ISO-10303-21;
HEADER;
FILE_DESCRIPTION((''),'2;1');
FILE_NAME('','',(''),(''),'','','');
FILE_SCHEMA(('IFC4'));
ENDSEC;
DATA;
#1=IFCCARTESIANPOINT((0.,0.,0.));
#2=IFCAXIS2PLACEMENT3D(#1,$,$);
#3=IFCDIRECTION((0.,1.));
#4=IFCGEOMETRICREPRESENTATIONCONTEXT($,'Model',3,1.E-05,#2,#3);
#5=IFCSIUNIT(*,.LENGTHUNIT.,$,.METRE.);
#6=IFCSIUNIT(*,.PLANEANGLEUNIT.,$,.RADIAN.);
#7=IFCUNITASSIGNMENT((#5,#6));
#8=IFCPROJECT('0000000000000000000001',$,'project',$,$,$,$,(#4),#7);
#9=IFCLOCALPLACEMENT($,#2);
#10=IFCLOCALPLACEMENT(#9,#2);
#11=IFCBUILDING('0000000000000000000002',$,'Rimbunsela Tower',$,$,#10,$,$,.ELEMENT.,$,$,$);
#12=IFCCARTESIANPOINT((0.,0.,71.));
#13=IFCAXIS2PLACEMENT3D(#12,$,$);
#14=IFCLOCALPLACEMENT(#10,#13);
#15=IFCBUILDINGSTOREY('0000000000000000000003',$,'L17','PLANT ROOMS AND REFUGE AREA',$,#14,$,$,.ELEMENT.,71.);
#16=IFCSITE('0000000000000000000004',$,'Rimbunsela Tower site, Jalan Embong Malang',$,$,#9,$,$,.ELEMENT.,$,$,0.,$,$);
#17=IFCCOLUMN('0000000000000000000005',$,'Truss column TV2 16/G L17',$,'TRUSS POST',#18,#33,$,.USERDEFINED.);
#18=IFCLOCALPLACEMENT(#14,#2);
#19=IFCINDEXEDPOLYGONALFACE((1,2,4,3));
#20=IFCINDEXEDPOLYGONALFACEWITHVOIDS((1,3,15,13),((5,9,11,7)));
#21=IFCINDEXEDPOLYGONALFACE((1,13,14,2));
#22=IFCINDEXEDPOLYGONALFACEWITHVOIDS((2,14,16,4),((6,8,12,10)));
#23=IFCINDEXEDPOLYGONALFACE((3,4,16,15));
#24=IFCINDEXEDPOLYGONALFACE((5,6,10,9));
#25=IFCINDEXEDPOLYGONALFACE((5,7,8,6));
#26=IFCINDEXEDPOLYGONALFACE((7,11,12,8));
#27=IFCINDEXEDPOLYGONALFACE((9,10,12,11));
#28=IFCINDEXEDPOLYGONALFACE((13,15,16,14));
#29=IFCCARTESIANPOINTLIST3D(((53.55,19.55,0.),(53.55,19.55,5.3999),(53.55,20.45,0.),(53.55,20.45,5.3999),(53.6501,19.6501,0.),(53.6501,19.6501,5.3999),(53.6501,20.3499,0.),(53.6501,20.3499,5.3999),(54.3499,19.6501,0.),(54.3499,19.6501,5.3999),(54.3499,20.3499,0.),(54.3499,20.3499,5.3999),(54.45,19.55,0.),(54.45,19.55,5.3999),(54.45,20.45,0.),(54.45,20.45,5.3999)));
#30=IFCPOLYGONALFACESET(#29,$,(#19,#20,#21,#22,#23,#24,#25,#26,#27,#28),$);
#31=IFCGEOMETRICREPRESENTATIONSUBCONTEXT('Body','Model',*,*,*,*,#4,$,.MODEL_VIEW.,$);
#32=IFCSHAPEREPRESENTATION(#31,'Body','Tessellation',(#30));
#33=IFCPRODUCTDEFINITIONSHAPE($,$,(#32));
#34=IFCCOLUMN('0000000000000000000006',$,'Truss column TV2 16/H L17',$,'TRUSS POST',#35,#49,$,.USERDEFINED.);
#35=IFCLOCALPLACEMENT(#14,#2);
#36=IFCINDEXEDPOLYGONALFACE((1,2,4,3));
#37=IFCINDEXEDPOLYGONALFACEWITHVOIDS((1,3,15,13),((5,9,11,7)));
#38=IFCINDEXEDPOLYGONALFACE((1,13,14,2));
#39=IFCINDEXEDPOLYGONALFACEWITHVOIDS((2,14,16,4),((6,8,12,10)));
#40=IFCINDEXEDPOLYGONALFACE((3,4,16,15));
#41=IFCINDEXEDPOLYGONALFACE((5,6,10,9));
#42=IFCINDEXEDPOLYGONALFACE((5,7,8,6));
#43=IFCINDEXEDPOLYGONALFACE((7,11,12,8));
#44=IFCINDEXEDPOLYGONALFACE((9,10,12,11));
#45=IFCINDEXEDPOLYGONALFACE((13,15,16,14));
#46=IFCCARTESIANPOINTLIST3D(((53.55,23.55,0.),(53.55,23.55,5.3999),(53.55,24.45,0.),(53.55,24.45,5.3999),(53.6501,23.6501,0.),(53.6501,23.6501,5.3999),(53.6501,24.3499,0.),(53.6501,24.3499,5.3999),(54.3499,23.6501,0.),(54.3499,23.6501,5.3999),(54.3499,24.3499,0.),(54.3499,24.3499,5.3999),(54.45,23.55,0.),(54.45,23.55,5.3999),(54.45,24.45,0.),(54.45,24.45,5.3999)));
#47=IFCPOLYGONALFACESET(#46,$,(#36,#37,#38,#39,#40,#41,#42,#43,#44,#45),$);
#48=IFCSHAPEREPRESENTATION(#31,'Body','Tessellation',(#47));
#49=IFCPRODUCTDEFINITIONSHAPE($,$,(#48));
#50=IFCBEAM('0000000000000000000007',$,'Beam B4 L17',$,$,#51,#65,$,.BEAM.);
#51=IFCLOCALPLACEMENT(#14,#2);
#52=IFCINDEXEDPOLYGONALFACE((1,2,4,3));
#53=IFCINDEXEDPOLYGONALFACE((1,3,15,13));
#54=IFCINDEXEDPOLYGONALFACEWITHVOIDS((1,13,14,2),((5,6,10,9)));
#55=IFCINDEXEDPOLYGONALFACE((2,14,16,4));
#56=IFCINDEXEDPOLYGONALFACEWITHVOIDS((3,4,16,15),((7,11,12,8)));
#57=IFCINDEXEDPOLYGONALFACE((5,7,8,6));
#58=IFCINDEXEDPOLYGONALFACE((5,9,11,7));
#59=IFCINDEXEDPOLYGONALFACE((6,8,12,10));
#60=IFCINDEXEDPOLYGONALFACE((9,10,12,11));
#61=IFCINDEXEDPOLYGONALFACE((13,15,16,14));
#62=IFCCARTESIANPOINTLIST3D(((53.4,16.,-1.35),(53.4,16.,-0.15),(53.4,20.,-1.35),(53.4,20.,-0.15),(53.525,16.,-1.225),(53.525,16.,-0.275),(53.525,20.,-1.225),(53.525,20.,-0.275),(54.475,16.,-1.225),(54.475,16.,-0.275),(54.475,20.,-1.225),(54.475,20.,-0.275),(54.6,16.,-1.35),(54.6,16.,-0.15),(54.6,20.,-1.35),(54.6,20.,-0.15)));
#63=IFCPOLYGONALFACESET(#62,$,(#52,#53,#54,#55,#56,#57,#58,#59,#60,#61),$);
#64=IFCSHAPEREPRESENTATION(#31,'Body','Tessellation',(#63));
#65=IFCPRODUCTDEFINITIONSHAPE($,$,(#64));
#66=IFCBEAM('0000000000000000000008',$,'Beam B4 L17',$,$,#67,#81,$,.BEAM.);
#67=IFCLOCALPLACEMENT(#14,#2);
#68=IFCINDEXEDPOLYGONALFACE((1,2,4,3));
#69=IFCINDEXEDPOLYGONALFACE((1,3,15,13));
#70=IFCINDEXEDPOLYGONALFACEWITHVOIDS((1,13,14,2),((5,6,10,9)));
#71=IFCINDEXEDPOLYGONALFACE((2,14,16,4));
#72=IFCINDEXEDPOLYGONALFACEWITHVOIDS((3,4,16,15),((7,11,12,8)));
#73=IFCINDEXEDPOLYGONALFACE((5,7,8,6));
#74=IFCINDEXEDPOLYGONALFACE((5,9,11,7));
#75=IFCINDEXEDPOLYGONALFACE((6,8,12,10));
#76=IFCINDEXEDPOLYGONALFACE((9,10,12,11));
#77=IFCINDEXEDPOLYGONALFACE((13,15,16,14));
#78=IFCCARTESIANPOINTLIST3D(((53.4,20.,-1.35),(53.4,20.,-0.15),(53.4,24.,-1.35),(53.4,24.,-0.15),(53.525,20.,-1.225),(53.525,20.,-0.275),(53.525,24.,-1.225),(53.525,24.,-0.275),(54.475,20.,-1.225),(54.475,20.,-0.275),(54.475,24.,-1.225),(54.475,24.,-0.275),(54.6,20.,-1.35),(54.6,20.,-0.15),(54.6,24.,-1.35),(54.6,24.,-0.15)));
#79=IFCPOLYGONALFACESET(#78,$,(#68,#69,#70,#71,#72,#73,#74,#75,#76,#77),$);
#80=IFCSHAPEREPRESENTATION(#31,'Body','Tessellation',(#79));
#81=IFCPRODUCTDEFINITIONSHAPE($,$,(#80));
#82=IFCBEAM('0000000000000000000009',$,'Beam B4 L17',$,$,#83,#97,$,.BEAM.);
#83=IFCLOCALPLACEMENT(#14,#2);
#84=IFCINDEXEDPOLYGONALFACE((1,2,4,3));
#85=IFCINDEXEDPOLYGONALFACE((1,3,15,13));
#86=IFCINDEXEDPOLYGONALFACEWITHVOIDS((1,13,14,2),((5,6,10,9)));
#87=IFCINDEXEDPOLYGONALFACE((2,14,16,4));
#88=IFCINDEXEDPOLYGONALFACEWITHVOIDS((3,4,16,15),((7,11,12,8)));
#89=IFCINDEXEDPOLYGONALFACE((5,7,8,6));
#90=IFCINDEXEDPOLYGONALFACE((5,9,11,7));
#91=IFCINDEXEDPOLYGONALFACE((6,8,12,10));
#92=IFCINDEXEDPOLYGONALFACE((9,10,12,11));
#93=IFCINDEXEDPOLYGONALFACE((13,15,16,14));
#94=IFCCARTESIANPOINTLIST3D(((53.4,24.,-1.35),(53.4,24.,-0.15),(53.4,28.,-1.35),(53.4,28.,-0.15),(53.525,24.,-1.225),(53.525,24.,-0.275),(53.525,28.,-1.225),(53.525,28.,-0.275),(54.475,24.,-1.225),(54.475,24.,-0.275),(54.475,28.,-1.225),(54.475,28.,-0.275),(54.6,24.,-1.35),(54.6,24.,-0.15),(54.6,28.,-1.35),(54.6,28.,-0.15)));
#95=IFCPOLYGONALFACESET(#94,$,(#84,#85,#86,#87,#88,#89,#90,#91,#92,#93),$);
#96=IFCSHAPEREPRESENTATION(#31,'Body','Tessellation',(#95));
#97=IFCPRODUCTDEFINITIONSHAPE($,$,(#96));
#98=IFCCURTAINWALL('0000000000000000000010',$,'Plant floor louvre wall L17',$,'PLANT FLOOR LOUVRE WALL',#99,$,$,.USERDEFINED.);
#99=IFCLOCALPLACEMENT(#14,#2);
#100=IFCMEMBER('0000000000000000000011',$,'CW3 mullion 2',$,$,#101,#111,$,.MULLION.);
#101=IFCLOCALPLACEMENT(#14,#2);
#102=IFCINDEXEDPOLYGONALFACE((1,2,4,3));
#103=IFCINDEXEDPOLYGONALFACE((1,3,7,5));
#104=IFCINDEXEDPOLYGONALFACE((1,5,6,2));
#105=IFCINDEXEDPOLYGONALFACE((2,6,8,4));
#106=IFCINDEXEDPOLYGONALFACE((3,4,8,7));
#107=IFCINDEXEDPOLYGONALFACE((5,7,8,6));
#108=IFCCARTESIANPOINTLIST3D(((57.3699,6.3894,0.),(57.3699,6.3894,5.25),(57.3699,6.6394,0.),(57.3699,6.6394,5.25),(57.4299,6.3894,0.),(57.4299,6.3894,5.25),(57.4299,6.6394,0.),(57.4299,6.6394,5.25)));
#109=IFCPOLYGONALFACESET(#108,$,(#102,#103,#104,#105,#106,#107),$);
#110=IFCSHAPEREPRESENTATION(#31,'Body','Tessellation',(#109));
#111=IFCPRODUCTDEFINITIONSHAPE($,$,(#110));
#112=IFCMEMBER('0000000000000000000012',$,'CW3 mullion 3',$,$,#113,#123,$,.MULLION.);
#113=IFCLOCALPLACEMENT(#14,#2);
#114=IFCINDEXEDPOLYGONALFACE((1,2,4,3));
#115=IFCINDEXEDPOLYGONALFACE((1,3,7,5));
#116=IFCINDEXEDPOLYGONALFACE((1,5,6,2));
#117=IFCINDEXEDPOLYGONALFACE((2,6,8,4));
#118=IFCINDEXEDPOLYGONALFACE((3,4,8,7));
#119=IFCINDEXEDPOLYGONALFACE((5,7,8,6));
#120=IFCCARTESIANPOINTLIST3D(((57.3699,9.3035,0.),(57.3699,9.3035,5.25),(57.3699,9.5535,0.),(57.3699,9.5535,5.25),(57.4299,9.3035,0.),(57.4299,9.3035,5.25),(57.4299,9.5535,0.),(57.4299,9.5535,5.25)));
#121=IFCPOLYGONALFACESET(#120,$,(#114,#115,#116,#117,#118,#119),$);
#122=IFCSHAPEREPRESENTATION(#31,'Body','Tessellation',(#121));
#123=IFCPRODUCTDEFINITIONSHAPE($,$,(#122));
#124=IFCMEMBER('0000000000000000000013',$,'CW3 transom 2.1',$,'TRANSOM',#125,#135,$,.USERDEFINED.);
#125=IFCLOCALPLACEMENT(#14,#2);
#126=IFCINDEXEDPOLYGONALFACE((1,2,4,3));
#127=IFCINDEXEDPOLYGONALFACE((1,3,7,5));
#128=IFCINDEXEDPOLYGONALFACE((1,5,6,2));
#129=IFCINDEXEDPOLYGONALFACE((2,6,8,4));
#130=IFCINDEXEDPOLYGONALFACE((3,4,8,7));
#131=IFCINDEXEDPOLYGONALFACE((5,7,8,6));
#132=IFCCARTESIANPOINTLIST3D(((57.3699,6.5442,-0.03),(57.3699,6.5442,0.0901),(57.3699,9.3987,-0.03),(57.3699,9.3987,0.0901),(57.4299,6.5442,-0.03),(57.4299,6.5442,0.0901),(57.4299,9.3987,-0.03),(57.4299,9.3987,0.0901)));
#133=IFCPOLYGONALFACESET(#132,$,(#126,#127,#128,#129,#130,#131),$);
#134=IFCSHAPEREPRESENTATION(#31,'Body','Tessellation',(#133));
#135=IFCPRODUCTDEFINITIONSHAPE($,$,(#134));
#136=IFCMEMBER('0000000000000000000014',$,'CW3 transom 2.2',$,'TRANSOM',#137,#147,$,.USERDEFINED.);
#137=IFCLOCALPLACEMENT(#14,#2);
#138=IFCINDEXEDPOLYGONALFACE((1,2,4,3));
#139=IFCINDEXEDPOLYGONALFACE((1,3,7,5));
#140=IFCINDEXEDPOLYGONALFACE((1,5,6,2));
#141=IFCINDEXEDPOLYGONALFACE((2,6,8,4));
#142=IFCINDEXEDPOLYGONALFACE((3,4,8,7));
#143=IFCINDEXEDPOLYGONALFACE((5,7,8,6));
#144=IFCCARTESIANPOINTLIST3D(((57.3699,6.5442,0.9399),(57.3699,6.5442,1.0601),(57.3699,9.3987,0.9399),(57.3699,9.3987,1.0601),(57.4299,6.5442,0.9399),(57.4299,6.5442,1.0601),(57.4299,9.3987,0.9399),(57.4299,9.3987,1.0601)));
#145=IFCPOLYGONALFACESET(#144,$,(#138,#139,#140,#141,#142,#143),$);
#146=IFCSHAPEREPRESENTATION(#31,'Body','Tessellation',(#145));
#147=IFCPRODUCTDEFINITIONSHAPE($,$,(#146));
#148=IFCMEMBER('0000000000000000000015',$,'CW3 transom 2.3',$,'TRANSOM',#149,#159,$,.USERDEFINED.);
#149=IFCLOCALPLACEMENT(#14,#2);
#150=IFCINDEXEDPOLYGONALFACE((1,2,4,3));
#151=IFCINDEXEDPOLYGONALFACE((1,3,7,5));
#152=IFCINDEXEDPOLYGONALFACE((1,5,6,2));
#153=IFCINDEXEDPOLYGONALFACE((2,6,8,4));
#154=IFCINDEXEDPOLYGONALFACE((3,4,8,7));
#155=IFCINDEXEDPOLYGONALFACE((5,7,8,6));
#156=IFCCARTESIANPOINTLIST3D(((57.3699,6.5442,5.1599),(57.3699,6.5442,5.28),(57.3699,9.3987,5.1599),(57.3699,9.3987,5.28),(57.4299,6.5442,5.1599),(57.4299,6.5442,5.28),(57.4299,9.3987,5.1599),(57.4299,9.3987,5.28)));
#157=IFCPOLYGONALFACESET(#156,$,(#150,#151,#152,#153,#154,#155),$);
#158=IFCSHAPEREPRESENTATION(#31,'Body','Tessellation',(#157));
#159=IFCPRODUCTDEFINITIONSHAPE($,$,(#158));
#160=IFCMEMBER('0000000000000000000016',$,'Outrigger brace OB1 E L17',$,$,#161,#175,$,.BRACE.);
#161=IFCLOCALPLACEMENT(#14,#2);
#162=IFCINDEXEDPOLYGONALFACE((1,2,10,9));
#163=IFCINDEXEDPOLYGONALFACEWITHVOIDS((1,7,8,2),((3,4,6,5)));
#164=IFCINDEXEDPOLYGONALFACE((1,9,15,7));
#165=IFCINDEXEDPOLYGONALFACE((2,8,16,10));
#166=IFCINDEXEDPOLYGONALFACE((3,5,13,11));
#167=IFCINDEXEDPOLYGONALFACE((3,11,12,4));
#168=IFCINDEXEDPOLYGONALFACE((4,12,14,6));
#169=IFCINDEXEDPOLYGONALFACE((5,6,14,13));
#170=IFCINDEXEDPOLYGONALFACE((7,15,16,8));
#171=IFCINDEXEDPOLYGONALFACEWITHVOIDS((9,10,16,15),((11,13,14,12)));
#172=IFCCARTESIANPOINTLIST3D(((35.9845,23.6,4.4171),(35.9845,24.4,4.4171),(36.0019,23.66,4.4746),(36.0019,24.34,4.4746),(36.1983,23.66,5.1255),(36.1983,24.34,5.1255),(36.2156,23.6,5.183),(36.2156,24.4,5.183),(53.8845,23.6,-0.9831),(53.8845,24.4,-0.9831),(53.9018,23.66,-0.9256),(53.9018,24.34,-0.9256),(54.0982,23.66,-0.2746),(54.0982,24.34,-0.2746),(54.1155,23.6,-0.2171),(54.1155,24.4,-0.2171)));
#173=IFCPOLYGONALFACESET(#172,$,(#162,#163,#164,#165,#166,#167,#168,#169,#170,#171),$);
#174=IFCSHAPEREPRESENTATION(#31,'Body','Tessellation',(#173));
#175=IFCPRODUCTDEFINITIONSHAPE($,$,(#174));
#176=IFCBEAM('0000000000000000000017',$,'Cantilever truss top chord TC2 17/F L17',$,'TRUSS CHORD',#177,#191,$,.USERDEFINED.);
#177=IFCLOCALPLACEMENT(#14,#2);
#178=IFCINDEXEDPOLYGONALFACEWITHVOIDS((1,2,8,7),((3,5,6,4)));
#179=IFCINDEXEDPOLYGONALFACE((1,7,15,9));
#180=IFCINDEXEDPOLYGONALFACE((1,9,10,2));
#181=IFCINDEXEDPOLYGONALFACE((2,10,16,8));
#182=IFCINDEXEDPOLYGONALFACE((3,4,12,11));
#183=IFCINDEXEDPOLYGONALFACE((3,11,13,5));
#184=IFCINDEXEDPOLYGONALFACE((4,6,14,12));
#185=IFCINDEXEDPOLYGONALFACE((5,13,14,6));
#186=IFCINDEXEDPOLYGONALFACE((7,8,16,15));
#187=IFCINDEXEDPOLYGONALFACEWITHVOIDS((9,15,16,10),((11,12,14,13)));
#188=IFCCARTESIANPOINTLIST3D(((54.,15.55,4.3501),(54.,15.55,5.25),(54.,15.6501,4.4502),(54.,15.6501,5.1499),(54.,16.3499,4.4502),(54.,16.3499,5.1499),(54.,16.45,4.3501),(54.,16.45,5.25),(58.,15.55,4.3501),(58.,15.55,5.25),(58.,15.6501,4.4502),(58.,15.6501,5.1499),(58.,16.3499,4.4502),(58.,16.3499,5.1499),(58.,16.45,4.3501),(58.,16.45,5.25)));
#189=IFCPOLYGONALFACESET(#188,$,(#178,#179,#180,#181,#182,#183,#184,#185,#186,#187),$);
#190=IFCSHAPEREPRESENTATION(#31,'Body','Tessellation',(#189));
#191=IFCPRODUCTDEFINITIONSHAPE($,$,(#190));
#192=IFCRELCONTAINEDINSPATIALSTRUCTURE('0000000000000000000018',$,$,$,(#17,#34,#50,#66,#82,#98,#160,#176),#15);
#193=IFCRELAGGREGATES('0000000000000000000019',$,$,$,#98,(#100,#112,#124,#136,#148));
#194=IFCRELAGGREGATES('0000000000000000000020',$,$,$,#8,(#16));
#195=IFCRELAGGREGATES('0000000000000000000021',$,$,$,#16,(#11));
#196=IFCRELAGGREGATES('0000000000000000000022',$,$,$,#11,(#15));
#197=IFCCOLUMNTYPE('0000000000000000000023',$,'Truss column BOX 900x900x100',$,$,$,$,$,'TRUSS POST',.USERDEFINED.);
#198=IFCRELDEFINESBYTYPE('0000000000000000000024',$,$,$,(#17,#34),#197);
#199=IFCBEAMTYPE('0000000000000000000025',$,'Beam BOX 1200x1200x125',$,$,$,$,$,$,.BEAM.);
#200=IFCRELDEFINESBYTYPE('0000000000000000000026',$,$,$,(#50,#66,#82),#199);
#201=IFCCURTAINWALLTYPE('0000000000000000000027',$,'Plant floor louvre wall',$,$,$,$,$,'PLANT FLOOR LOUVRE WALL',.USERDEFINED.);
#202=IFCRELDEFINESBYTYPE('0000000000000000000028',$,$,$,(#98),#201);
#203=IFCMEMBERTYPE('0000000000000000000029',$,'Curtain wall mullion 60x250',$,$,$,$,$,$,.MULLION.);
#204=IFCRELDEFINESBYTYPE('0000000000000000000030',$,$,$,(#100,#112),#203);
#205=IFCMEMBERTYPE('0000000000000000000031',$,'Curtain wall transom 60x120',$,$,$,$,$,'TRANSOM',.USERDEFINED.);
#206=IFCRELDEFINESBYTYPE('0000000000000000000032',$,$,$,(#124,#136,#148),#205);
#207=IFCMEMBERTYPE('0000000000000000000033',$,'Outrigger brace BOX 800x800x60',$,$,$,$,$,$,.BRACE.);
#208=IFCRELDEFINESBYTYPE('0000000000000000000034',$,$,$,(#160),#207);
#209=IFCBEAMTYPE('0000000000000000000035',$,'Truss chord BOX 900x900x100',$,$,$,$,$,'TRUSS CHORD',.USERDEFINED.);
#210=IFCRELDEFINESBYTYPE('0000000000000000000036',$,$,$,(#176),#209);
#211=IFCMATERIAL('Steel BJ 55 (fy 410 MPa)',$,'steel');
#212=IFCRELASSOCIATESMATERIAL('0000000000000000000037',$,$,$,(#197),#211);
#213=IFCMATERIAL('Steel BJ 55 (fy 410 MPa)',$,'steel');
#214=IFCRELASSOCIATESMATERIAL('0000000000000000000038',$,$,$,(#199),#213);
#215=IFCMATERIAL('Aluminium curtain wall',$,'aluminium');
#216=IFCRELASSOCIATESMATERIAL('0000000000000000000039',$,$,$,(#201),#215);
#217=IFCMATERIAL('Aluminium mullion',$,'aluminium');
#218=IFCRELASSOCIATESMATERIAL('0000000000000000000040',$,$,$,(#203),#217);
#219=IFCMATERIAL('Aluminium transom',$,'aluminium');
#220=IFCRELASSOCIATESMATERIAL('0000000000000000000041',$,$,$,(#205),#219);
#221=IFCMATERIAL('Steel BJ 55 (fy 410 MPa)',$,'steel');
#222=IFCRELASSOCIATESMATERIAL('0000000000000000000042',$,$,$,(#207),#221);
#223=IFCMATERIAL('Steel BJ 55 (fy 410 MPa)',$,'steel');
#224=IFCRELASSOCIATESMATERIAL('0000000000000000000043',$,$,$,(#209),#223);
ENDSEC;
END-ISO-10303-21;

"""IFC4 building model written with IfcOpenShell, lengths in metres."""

from ifc_helpers import new_model, si_unit, direction, frame, origin, origin_2d, place, context, subcontext, project, spatial, rectangle, hollow_rectangle, extrude, material, material_profile, profile_set, type_object, element, aggregate, save


model = new_model("IFC4")

# Units and contexts
model_context = context("Model", 3, precision=1e-05, world=origin(), true_north=direction((0.0, 1.0)))
body_context = subcontext(model_context, "Body", "Model", "MODEL_VIEW")
ifc_project = project(units=[si_unit("LENGTHUNIT", "METRE"), si_unit("PLANEANGLEUNIT", "RADIAN")], contexts=[model_context])

# Site, building, storey
site_placement = place(None, origin())
site = spatial("IfcSite", under=ifc_project, at=site_placement, Name="Rimbunsela Tower site, Jalan Embong Malang", CompositionType="ELEMENT", RefElevation=0.0)
building_placement = place(site_placement, origin())
building = spatial("IfcBuilding", under=site, at=building_placement, Name="Rimbunsela Tower", CompositionType="ELEMENT")
storey_placement = place(building_placement, frame((0.0, 0.0, 71.0)))
storey = spatial("IfcBuildingStorey", under=building, at=storey_placement, Name="L17", Description="PLANT ROOMS AND REFUGE AREA", CompositionType="ELEMENT", Elevation=71.0)

# Columns
ifc_material_1 = material(Name="Steel BJ 55 (fy 410 MPa)", Category="steel")
ifc_material_profile_1 = material_profile(ifc_material_1, hollow_rectangle(XDim=0.8999, YDim=0.8999, WallThickness=0.1001, at=origin_2d()), Name="BOX 900x900x100")
ifc_profile_set_1 = profile_set([ifc_material_profile_1], Name="Steel BJ 55 (fy 410 MPa)")
column_type = type_object("IfcColumnType", Name="Truss column BOX 900x900x100", ElementType="TRUSS POST", PredefinedType="USERDEFINED", material=ifc_profile_set_1)
for number, where, z_axis, x_axis, name in (
    (1, (54.0, 20.0, 0.0), (0.0, 0.0, 1.0), (1.0, 0.0, 0.0), "Truss column TV2 16/G L17"),
    (2, (54.0, 24.0, 0.0), (0.0, 0.0, 1.0), (1.0, 0.0, 0.0), "Truss column TV2 16/H L17"),
):
    element("IfcColumn", number, at=place(storey_placement, frame(where, z_axis=z_axis, x_axis=x_axis)), inside=storey, type_object=column_type, Name=name, ObjectType="TRUSS POST", PredefinedType="USERDEFINED", context=body_context, shape_type="SweptSolid", body=[
        extrude(hollow_rectangle(XDim=0.8999, YDim=0.8999, WallThickness=0.1001, at=origin_2d()), origin(), (0.0, 0.0, 1.0), 5.3999),
    ])

# Beams
ifc_material_2 = material(Name="Steel BJ 55 (fy 410 MPa)", Category="steel")
ifc_material_profile_2 = material_profile(ifc_material_2, hollow_rectangle(XDim=1.2, YDim=1.2, WallThickness=0.125, at=origin_2d()), Name="BOX 1200x1200x125")
ifc_profile_set_2 = profile_set([ifc_material_profile_2], Name="Steel BJ 55 (fy 410 MPa)")
beam_type_1 = type_object("IfcBeamType", Name="Beam BOX 1200x1200x125", PredefinedType="BEAM", material=ifc_profile_set_2)
for number, where, z_axis, x_axis, name in (
    (3, (54.0, 16.0, -0.75), (0.0, 1.0, 0.0), (-1.0, 0.0, 0.0), "Beam B4 L17"),
    (4, (54.0, 20.0, -0.75), (0.0, 1.0, 0.0), (-1.0, 0.0, 0.0), "Beam B4 L17"),
    (5, (54.0, 24.0, -0.75), (0.0, 1.0, 0.0), (-1.0, 0.0, 0.0), "Beam B4 L17"),
):
    element("IfcBeam", number, at=place(storey_placement, frame(where, z_axis=z_axis, x_axis=x_axis)), inside=storey, type_object=beam_type_1, Name=name, PredefinedType="BEAM", context=body_context, shape_type="SweptSolid", body=[
        extrude(hollow_rectangle(XDim=1.2, YDim=1.2, WallThickness=0.125, at=origin_2d()), origin(), (0.0, 0.0, 1.0), 4.0),
    ])

# Curtain wall, members
ifc_material_3 = material(Name="Aluminium curtain wall", Category="aluminium")
curtain_wall_type = type_object("IfcCurtainWallType", Name="Plant floor louvre wall", ElementType="PLANT FLOOR LOUVRE WALL", PredefinedType="USERDEFINED", material=ifc_material_3)
curtain_wall_placement = place(storey_placement, origin())
curtain_wall = element("IfcCurtainWall", 6, at=curtain_wall_placement, inside=storey, type_object=curtain_wall_type, Name="Plant floor louvre wall L17", ObjectType="PLANT FLOOR LOUVRE WALL", PredefinedType="USERDEFINED")
ifc_material_4 = material(Name="Aluminium mullion", Category="aluminium")
ifc_material_profile_3 = material_profile(ifc_material_4, rectangle(XDim=0.0601, YDim=0.25, at=origin_2d()), Name="Mullion 60x250")
ifc_profile_set_3 = profile_set([ifc_material_profile_3], Name="Aluminium mullion")
member_type_1 = type_object("IfcMemberType", Name="Curtain wall mullion 60x250", PredefinedType="MULLION", material=ifc_profile_set_3)
member_1_placement = place(storey_placement, frame((57.3999, 6.5144, 0.0), z_axis=(0.0, 0.0, 1.0), x_axis=(-1.0, 0.0, 0.0)))
member_1 = element("IfcMember", 7, at=member_1_placement, type_object=member_type_1, Name="CW3 mullion 2", PredefinedType="MULLION", context=body_context, shape_type="SweptSolid", body=[
    extrude(rectangle(XDim=0.0601, YDim=0.25, at=origin_2d()), origin(), (0.0, 0.0, 1.0), 5.25),
])
member_2_placement = place(storey_placement, frame((57.3999, 9.4285, 0.0), z_axis=(0.0, 0.0, 1.0), x_axis=(-1.0, 0.0, 0.0)))
member_2 = element("IfcMember", 8, at=member_2_placement, type_object=member_type_1, Name="CW3 mullion 3", PredefinedType="MULLION", context=body_context, shape_type="SweptSolid", body=[
    extrude(rectangle(XDim=0.0601, YDim=0.25, at=origin_2d()), origin(), (0.0, 0.0, 1.0), 5.25),
])
ifc_material_5 = material(Name="Aluminium transom", Category="aluminium")
ifc_material_profile_4 = material_profile(ifc_material_5, rectangle(XDim=0.0601, YDim=0.1201, at=origin_2d()), Name="Transom 60x120")
ifc_profile_set_4 = profile_set([ifc_material_profile_4], Name="Aluminium transom")
member_type_2 = type_object("IfcMemberType", Name="Curtain wall transom 60x120", ElementType="TRANSOM", PredefinedType="USERDEFINED", material=ifc_profile_set_4)
member_3_placement = place(storey_placement, frame((57.3999, 6.5442, 0.03), z_axis=(0.0, 1.0, 0.0), x_axis=(-1.0, 0.0, 0.0)))
member_3 = element("IfcMember", 9, at=member_3_placement, type_object=member_type_2, Name="CW3 transom 2.1", ObjectType="TRANSOM", PredefinedType="USERDEFINED", context=body_context, shape_type="SweptSolid", body=[
    extrude(rectangle(XDim=0.0601, YDim=0.1201, at=origin_2d()), origin(), (0.0, 0.0, 1.0), 2.8545),
])
member_4_placement = place(storey_placement, frame((57.3999, 6.5442, 1.0), z_axis=(0.0, 1.0, 0.0), x_axis=(-1.0, 0.0, 0.0)))
member_4 = element("IfcMember", 10, at=member_4_placement, type_object=member_type_2, Name="CW3 transom 2.2", ObjectType="TRANSOM", PredefinedType="USERDEFINED", context=body_context, shape_type="SweptSolid", body=[
    extrude(rectangle(XDim=0.0601, YDim=0.1201, at=origin_2d()), origin(), (0.0, 0.0, 1.0), 2.8545),
])
member_5_placement = place(storey_placement, frame((57.3999, 6.5442, 5.22), z_axis=(0.0, 1.0, 0.0), x_axis=(-1.0, 0.0, 0.0)))
member_5 = element("IfcMember", 11, at=member_5_placement, type_object=member_type_2, Name="CW3 transom 2.3", ObjectType="TRANSOM", PredefinedType="USERDEFINED", context=body_context, shape_type="SweptSolid", body=[
    extrude(rectangle(XDim=0.0601, YDim=0.1201, at=origin_2d()), origin(), (0.0, 0.0, 1.0), 2.8545),
])

# Member
ifc_material_6 = material(Name="Steel BJ 55 (fy 410 MPa)", Category="steel")
ifc_material_profile_5 = material_profile(ifc_material_6, hollow_rectangle(XDim=0.8, YDim=0.8, WallThickness=0.0601, at=origin_2d()), Name="BOX 800x800x60")
ifc_profile_set_5 = profile_set([ifc_material_profile_5], Name="Steel BJ 55 (fy 410 MPa)")
member_type_3 = type_object("IfcMemberType", Name="Outrigger brace BOX 800x800x60", PredefinedType="BRACE", material=ifc_profile_set_5)
member_6_placement = place(storey_placement, frame((54.0, 24.0, -0.6001), z_axis=(-0.957381, 0.0, 0.288828), x_axis=(0.0, -1.0, 0.0)))
element("IfcMember", 12, at=member_6_placement, inside=storey, type_object=member_type_3, Name="Outrigger brace OB1 E L17", PredefinedType="BRACE", context=body_context, shape_type="SweptSolid", body=[
    extrude(hollow_rectangle(XDim=0.8, YDim=0.8, WallThickness=0.0601, at=origin_2d()), origin(), (0.0, 0.0, 1.0), 18.6968),
])

# Beam
ifc_material_7 = material(Name="Steel BJ 55 (fy 410 MPa)", Category="steel")
ifc_material_profile_6 = material_profile(ifc_material_7, hollow_rectangle(XDim=0.8999, YDim=0.8999, WallThickness=0.1001, at=origin_2d()), Name="BOX 900x900x100")
ifc_profile_set_6 = profile_set([ifc_material_profile_6], Name="Steel BJ 55 (fy 410 MPa)")
beam_type_2 = type_object("IfcBeamType", Name="Truss chord BOX 900x900x100", ElementType="TRUSS CHORD", PredefinedType="USERDEFINED", material=ifc_profile_set_6)
for number, where, z_axis, x_axis, name in (
    (13, (54.0, 16.0, 4.8), (1.0, 0.0, 0.0), (0.0, 1.0, 0.0), "Cantilever truss top chord TC2 17/F L17"),
):
    element("IfcBeam", number, at=place(storey_placement, frame(where, z_axis=z_axis, x_axis=x_axis)), inside=storey, type_object=beam_type_2, Name=name, ObjectType="TRUSS CHORD", PredefinedType="USERDEFINED", context=body_context, shape_type="SweptSolid", body=[
        extrude(hollow_rectangle(XDim=0.8999, YDim=0.8999, WallThickness=0.1001, at=origin_2d()), origin(), (0.0, 0.0, 1.0), 4.0),
    ])

aggregate(curtain_wall, [member_1, member_2, member_3, member_4, member_5])

save(model, "model.ifc")
